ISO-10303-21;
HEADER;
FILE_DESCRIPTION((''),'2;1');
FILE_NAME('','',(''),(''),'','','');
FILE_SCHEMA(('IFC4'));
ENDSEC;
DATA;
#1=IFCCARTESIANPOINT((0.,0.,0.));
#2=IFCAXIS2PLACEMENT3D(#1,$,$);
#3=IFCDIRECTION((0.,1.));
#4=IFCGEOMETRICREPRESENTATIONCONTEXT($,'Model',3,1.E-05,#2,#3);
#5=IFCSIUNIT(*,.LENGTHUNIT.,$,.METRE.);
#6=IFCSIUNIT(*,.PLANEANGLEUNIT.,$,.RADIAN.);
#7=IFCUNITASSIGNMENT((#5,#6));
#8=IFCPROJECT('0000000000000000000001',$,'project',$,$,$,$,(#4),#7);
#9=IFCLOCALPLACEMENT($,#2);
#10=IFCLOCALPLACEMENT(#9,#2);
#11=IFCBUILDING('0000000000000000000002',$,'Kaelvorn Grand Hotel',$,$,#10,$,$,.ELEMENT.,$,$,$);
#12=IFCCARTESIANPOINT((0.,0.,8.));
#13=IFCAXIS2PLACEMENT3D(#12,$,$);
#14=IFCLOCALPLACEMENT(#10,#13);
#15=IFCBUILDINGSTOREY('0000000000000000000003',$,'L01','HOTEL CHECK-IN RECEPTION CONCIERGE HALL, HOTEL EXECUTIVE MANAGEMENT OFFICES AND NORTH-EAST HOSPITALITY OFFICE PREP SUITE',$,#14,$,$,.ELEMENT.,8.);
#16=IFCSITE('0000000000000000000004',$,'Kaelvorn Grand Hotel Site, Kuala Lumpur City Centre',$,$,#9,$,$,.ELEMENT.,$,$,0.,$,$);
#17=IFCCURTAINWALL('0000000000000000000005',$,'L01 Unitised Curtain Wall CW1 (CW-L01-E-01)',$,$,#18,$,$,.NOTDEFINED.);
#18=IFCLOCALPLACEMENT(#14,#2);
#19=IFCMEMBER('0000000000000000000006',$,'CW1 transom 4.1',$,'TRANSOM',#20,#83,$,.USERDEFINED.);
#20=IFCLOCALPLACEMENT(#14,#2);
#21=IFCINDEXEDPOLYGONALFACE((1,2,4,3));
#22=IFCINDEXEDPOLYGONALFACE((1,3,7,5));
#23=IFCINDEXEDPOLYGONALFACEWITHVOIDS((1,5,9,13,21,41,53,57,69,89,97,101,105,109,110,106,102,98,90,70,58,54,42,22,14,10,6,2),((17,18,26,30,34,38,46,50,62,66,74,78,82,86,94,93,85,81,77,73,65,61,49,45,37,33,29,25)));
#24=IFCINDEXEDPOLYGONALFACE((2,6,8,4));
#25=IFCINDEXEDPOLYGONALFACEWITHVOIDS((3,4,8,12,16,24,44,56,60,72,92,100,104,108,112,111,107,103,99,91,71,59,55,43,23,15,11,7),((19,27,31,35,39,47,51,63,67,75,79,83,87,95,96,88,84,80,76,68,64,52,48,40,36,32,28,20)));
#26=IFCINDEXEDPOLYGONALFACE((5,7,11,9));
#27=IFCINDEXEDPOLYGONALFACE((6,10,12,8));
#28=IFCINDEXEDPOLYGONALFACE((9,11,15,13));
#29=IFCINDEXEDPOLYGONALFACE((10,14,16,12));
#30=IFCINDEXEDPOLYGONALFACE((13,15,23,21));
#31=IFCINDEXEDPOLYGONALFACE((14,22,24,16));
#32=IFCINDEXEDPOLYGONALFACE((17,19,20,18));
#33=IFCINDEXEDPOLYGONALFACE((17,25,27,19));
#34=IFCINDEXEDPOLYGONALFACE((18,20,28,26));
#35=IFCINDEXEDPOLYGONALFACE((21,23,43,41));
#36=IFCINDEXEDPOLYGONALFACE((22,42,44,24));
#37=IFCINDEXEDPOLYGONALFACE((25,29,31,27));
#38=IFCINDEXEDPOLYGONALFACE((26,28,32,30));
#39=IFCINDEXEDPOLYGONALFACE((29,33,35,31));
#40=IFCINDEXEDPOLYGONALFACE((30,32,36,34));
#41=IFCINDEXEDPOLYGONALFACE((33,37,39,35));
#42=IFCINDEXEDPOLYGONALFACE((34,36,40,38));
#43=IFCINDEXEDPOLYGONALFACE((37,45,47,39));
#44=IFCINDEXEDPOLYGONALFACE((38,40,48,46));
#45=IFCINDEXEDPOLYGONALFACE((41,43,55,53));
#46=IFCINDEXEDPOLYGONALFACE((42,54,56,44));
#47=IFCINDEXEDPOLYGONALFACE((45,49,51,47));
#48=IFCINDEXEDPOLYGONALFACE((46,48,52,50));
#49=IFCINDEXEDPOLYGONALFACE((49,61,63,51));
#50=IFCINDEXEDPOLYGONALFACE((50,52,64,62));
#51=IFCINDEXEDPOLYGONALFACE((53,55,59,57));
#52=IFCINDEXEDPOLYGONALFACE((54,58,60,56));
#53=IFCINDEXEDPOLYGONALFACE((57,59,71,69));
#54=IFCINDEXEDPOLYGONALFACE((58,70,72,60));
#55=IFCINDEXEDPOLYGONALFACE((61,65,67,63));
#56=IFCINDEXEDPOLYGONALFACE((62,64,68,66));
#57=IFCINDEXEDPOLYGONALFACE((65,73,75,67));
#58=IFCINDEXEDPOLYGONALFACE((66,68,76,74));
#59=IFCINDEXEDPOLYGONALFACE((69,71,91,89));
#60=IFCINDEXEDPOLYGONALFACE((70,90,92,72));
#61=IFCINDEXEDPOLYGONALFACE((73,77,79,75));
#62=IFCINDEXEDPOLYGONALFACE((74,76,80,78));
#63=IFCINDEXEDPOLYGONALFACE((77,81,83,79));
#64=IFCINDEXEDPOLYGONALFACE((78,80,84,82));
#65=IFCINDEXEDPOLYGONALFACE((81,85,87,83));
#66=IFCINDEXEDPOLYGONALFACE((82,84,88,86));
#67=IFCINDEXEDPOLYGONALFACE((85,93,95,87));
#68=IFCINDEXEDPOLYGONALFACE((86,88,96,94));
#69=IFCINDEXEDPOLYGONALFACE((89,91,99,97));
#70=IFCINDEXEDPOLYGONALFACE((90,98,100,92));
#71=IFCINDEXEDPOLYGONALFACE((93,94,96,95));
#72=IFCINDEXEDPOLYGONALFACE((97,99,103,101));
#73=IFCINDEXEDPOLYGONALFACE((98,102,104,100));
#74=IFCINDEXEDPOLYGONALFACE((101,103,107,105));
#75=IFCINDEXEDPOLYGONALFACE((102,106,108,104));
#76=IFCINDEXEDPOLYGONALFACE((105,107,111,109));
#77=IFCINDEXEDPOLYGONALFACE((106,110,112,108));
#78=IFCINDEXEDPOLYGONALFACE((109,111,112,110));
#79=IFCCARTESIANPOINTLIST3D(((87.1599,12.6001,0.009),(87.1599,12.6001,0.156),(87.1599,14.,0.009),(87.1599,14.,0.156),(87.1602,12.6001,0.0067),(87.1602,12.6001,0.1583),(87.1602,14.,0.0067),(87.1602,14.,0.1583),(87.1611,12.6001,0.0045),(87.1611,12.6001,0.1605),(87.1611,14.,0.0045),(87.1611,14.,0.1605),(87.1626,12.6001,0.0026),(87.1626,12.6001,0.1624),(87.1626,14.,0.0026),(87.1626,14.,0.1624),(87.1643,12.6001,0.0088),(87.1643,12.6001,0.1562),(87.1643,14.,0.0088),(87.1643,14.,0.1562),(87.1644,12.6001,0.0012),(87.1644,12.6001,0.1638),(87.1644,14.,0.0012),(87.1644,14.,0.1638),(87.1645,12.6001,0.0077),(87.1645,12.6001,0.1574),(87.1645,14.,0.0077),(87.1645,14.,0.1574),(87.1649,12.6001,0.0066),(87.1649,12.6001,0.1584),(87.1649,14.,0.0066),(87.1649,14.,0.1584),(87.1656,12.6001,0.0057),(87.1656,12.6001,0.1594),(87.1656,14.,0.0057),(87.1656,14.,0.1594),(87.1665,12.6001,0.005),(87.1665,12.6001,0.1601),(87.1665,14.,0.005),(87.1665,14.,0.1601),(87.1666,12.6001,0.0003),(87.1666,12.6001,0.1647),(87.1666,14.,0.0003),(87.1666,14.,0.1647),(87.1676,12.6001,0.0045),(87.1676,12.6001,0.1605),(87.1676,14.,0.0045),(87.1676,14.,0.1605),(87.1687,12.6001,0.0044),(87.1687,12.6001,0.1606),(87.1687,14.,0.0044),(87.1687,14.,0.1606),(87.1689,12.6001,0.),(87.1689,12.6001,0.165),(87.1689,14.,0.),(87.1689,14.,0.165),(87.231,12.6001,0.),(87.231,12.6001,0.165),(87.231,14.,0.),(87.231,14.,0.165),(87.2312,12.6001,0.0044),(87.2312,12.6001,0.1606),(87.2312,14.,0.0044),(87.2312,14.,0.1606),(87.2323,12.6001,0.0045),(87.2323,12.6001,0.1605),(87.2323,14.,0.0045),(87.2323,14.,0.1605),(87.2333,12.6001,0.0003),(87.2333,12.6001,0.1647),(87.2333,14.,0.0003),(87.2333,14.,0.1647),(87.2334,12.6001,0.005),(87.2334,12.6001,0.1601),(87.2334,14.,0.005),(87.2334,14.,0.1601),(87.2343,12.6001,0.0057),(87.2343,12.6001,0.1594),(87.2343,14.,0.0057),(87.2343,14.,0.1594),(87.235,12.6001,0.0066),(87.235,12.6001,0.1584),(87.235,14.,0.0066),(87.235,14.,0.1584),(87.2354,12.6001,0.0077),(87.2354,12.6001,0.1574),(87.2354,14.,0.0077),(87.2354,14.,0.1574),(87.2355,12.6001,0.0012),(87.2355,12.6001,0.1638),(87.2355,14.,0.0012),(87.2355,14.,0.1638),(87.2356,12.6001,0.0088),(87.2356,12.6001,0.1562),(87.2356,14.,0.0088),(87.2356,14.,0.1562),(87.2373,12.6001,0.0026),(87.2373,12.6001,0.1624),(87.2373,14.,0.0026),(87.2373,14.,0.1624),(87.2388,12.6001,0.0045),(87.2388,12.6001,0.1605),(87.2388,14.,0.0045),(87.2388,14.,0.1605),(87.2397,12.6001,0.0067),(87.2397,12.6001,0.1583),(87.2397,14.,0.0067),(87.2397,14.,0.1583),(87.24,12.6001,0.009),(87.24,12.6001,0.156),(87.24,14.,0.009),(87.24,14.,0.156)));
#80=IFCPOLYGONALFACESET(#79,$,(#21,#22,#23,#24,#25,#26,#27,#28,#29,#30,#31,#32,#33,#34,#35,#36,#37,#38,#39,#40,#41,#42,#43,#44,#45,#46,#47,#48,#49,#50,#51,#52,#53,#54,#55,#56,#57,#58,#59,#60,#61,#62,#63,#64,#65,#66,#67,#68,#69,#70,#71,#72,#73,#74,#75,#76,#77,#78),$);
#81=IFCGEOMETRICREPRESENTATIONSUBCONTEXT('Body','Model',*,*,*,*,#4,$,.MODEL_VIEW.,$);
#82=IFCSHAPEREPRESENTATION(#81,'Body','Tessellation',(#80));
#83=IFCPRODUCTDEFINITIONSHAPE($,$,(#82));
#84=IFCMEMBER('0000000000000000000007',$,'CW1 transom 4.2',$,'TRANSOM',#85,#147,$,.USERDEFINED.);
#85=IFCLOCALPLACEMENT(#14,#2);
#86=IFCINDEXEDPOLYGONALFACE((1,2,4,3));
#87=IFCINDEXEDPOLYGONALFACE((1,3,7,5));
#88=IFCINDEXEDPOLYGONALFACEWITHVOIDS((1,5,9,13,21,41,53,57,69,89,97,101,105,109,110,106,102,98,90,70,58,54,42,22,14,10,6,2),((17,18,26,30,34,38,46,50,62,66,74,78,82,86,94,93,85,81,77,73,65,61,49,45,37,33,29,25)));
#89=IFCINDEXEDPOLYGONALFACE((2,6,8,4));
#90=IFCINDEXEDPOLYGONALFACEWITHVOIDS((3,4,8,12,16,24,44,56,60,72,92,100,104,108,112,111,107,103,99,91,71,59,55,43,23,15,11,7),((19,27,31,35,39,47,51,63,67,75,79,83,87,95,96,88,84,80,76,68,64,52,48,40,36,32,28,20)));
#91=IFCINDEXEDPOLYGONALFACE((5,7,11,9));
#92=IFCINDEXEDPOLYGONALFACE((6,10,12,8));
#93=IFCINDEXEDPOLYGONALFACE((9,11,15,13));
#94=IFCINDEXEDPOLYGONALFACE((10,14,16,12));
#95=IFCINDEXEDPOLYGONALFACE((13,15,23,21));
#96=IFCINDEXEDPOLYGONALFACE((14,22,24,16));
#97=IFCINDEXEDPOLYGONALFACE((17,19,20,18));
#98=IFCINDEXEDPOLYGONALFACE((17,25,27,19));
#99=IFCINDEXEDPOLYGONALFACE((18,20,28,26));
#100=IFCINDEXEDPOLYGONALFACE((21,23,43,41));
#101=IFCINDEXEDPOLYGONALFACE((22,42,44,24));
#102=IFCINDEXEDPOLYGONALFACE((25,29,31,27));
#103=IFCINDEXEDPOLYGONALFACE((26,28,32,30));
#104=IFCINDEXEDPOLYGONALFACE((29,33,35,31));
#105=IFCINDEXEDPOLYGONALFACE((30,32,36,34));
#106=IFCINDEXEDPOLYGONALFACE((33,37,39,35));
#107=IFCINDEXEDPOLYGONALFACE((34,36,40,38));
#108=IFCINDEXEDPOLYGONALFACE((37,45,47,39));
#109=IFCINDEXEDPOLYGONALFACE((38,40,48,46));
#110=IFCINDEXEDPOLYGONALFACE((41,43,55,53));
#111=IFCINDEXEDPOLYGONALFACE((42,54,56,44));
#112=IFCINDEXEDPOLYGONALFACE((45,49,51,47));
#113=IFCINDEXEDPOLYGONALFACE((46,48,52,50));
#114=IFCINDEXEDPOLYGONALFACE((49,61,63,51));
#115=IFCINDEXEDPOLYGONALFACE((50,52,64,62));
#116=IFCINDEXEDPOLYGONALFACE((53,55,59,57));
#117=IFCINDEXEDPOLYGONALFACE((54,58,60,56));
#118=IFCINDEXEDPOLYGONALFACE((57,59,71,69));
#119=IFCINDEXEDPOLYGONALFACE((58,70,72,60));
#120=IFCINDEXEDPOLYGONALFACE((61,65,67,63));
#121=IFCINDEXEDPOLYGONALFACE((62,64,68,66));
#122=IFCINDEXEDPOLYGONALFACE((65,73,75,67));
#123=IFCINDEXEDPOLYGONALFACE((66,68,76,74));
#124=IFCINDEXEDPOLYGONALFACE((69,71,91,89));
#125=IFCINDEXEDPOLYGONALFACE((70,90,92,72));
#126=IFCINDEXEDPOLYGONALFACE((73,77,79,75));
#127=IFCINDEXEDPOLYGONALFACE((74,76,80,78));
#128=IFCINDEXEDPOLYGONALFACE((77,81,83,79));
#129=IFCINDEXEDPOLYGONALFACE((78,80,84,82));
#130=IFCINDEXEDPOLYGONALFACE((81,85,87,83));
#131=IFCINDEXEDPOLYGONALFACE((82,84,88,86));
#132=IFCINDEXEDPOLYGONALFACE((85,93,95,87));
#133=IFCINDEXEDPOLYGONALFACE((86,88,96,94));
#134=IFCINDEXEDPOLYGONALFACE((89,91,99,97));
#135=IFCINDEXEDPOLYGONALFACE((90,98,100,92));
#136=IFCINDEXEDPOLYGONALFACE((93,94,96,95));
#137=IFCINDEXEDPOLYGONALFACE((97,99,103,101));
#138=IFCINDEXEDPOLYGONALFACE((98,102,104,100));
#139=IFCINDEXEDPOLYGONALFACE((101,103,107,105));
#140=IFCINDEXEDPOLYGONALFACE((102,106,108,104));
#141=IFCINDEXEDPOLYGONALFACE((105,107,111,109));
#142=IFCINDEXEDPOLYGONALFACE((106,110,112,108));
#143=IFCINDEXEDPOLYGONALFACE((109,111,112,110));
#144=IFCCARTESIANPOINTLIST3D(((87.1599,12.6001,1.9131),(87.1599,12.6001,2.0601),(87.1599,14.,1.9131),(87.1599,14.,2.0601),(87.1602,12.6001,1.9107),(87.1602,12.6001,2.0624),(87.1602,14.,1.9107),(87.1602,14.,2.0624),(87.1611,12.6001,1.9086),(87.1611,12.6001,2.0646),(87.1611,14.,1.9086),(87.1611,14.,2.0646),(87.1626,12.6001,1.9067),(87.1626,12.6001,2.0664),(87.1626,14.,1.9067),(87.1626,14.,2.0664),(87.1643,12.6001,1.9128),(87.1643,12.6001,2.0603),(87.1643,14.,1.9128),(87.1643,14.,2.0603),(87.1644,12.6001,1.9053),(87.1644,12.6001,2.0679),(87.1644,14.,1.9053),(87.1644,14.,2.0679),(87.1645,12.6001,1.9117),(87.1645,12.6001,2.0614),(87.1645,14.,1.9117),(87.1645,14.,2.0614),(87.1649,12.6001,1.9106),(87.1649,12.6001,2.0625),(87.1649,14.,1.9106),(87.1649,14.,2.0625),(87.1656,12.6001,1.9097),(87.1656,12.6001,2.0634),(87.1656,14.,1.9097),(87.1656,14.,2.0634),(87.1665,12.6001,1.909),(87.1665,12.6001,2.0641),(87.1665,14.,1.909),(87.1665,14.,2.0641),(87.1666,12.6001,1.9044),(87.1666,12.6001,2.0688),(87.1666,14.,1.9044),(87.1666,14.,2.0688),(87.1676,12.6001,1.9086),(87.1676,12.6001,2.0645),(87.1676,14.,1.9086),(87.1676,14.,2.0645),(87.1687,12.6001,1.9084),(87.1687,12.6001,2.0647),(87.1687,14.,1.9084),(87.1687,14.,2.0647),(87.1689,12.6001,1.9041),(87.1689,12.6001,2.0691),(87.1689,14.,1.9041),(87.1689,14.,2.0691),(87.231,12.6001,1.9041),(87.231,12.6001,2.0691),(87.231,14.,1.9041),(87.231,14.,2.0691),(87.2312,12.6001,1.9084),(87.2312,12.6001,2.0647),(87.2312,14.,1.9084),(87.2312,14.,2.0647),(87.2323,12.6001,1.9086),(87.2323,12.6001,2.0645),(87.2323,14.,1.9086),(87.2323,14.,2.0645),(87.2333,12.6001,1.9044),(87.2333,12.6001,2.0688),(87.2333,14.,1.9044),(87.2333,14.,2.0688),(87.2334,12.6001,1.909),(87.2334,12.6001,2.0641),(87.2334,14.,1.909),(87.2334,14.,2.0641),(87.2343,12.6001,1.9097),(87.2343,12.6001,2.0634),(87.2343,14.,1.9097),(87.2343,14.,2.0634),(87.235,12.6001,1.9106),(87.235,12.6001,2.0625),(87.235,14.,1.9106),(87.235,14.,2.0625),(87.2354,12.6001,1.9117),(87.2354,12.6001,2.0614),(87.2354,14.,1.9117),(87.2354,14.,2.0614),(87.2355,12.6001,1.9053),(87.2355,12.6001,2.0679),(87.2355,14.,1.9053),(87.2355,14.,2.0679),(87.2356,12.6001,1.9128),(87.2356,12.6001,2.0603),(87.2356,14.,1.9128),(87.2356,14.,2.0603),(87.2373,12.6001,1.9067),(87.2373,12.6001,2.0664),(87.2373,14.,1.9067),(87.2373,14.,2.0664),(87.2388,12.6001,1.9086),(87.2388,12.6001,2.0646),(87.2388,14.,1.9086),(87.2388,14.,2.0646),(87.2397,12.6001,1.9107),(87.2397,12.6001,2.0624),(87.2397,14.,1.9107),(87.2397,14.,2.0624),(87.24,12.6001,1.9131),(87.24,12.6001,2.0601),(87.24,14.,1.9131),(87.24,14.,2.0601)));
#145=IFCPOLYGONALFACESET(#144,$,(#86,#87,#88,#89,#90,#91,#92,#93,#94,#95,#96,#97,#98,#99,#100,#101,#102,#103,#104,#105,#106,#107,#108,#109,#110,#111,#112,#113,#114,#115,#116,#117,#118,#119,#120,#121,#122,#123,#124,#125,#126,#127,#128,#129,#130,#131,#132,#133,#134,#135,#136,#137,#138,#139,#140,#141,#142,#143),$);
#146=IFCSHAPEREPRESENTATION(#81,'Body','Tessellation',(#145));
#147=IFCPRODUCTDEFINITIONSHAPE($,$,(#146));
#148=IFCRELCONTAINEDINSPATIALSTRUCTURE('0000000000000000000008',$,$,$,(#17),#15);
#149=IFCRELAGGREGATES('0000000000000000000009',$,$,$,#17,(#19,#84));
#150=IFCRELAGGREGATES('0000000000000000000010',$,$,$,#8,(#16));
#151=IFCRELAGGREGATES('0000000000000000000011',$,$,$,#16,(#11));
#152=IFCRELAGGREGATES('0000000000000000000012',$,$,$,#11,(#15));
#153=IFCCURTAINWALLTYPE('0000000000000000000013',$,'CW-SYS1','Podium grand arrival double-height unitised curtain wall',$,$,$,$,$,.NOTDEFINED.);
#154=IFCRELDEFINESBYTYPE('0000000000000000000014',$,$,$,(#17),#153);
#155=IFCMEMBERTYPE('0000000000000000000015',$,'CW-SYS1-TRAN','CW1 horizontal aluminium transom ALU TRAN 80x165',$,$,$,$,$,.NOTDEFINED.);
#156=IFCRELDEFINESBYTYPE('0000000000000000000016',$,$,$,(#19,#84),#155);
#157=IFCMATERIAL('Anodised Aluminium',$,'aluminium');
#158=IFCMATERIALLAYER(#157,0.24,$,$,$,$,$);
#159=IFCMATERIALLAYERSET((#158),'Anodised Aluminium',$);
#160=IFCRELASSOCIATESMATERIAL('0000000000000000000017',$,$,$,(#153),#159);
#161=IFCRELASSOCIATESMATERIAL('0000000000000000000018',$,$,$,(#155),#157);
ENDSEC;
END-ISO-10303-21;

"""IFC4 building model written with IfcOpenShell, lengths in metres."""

from ifc_helpers import new_model, si_unit, direction, frame, origin, origin_2d, place, context, subcontext, project, spatial, hollow_rectangle, extrude, material, layer, layer_set, material_profile, profile_set, type_object, element, aggregate, save


model = new_model("IFC4")

# Units and contexts
model_context = context("Model", 3, precision=1e-05, world=origin(), true_north=direction((0.0, 1.0)))
body_context = subcontext(model_context, "Body", "Model", "MODEL_VIEW")
ifc_project = project(units=[si_unit("LENGTHUNIT", "METRE"), si_unit("PLANEANGLEUNIT", "RADIAN")], contexts=[model_context])

# Site, building, storey
site_placement = place(None, origin())
site = spatial("IfcSite", under=ifc_project, at=site_placement, Name="Kaelvorn Grand Hotel Site, Kuala Lumpur City Centre", CompositionType="ELEMENT", RefElevation=0.0)
building_placement = place(site_placement, origin())
building = spatial("IfcBuilding", under=site, at=building_placement, Name="Kaelvorn Grand Hotel", CompositionType="ELEMENT")
storey_placement = place(building_placement, frame((0.0, 0.0, 8.0)))
storey = spatial("IfcBuildingStorey", under=building, at=storey_placement, Name="L01", Description="HOTEL CHECK-IN RECEPTION CONCIERGE HALL, HOTEL EXECUTIVE MANAGEMENT OFFICES AND NORTH-EAST HOSPITALITY OFFICE PREP SUITE", CompositionType="ELEMENT", Elevation=8.0)

# Curtain wall, members
ifc_material_1 = material(Name="Anodised Aluminium", Category="aluminium")
ifc_layer_1 = layer(ifc_material_1, 0.24)
ifc_layer_set_1 = layer_set([ifc_layer_1], Name="Anodised Aluminium")
curtain_wall_type = type_object("IfcCurtainWallType", Name="CW-SYS1", Description="Podium grand arrival double-height unitised curtain wall", PredefinedType="NOTDEFINED", material=ifc_layer_set_1)
curtain_wall_placement = place(storey_placement, origin())
curtain_wall = element("IfcCurtainWall", 1, at=curtain_wall_placement, inside=storey, type_object=curtain_wall_type, Name="L01 Unitised Curtain Wall CW1 (CW-L01-E-01)", PredefinedType="NOTDEFINED")
ifc_material_profile_1 = material_profile(ifc_material_1, hollow_rectangle(XDim=0.0801, YDim=0.165, WallThickness=0.0044, InnerFilletRadius=0.0044, OuterFilletRadius=0.009, at=origin_2d()), Name="ALU TRAN 80x165")
ifc_profile_set_1 = profile_set([ifc_material_profile_1], Name="Anodised Aluminium")
member_type_1 = type_object("IfcMemberType", Name="CW-SYS1-TRAN", Description="CW1 horizontal aluminium transom ALU TRAN 80x165", PredefinedType="NOTDEFINED", material=ifc_profile_set_1)
member_1_placement = place(storey_placement, frame((87.2, 12.6001, 0.0825), z_axis=(0.0, 1.0, 0.0), x_axis=(-1.0, 0.0, 0.0)))
member_1 = element("IfcMember", 2, at=member_1_placement, type_object=member_type_1, Name="CW1 transom 4.1", ObjectType="TRANSOM", PredefinedType="USERDEFINED", context=body_context, shape_type="SweptSolid", body=[
    extrude(hollow_rectangle(XDim=0.0801, YDim=0.165, WallThickness=0.0044, InnerFilletRadius=0.0044, OuterFilletRadius=0.009, at=origin_2d()), origin(), (0.0, 0.0, 1.0), 1.3999),
])
member_2_placement = place(storey_placement, frame((87.2, 12.6001, 1.9866), z_axis=(0.0, 1.0, 0.0), x_axis=(-1.0, 0.0, 0.0)))
member_2 = element("IfcMember", 3, at=member_2_placement, type_object=member_type_1, Name="CW1 transom 4.2", ObjectType="TRANSOM", PredefinedType="USERDEFINED", context=body_context, shape_type="SweptSolid", body=[
    extrude(hollow_rectangle(XDim=0.0801, YDim=0.165, WallThickness=0.0044, InnerFilletRadius=0.0044, OuterFilletRadius=0.009, at=origin_2d()), origin(), (0.0, 0.0, 1.0), 1.3999),
])
aggregate(curtain_wall, [member_1, member_2])

save(model, "model.ifc")
